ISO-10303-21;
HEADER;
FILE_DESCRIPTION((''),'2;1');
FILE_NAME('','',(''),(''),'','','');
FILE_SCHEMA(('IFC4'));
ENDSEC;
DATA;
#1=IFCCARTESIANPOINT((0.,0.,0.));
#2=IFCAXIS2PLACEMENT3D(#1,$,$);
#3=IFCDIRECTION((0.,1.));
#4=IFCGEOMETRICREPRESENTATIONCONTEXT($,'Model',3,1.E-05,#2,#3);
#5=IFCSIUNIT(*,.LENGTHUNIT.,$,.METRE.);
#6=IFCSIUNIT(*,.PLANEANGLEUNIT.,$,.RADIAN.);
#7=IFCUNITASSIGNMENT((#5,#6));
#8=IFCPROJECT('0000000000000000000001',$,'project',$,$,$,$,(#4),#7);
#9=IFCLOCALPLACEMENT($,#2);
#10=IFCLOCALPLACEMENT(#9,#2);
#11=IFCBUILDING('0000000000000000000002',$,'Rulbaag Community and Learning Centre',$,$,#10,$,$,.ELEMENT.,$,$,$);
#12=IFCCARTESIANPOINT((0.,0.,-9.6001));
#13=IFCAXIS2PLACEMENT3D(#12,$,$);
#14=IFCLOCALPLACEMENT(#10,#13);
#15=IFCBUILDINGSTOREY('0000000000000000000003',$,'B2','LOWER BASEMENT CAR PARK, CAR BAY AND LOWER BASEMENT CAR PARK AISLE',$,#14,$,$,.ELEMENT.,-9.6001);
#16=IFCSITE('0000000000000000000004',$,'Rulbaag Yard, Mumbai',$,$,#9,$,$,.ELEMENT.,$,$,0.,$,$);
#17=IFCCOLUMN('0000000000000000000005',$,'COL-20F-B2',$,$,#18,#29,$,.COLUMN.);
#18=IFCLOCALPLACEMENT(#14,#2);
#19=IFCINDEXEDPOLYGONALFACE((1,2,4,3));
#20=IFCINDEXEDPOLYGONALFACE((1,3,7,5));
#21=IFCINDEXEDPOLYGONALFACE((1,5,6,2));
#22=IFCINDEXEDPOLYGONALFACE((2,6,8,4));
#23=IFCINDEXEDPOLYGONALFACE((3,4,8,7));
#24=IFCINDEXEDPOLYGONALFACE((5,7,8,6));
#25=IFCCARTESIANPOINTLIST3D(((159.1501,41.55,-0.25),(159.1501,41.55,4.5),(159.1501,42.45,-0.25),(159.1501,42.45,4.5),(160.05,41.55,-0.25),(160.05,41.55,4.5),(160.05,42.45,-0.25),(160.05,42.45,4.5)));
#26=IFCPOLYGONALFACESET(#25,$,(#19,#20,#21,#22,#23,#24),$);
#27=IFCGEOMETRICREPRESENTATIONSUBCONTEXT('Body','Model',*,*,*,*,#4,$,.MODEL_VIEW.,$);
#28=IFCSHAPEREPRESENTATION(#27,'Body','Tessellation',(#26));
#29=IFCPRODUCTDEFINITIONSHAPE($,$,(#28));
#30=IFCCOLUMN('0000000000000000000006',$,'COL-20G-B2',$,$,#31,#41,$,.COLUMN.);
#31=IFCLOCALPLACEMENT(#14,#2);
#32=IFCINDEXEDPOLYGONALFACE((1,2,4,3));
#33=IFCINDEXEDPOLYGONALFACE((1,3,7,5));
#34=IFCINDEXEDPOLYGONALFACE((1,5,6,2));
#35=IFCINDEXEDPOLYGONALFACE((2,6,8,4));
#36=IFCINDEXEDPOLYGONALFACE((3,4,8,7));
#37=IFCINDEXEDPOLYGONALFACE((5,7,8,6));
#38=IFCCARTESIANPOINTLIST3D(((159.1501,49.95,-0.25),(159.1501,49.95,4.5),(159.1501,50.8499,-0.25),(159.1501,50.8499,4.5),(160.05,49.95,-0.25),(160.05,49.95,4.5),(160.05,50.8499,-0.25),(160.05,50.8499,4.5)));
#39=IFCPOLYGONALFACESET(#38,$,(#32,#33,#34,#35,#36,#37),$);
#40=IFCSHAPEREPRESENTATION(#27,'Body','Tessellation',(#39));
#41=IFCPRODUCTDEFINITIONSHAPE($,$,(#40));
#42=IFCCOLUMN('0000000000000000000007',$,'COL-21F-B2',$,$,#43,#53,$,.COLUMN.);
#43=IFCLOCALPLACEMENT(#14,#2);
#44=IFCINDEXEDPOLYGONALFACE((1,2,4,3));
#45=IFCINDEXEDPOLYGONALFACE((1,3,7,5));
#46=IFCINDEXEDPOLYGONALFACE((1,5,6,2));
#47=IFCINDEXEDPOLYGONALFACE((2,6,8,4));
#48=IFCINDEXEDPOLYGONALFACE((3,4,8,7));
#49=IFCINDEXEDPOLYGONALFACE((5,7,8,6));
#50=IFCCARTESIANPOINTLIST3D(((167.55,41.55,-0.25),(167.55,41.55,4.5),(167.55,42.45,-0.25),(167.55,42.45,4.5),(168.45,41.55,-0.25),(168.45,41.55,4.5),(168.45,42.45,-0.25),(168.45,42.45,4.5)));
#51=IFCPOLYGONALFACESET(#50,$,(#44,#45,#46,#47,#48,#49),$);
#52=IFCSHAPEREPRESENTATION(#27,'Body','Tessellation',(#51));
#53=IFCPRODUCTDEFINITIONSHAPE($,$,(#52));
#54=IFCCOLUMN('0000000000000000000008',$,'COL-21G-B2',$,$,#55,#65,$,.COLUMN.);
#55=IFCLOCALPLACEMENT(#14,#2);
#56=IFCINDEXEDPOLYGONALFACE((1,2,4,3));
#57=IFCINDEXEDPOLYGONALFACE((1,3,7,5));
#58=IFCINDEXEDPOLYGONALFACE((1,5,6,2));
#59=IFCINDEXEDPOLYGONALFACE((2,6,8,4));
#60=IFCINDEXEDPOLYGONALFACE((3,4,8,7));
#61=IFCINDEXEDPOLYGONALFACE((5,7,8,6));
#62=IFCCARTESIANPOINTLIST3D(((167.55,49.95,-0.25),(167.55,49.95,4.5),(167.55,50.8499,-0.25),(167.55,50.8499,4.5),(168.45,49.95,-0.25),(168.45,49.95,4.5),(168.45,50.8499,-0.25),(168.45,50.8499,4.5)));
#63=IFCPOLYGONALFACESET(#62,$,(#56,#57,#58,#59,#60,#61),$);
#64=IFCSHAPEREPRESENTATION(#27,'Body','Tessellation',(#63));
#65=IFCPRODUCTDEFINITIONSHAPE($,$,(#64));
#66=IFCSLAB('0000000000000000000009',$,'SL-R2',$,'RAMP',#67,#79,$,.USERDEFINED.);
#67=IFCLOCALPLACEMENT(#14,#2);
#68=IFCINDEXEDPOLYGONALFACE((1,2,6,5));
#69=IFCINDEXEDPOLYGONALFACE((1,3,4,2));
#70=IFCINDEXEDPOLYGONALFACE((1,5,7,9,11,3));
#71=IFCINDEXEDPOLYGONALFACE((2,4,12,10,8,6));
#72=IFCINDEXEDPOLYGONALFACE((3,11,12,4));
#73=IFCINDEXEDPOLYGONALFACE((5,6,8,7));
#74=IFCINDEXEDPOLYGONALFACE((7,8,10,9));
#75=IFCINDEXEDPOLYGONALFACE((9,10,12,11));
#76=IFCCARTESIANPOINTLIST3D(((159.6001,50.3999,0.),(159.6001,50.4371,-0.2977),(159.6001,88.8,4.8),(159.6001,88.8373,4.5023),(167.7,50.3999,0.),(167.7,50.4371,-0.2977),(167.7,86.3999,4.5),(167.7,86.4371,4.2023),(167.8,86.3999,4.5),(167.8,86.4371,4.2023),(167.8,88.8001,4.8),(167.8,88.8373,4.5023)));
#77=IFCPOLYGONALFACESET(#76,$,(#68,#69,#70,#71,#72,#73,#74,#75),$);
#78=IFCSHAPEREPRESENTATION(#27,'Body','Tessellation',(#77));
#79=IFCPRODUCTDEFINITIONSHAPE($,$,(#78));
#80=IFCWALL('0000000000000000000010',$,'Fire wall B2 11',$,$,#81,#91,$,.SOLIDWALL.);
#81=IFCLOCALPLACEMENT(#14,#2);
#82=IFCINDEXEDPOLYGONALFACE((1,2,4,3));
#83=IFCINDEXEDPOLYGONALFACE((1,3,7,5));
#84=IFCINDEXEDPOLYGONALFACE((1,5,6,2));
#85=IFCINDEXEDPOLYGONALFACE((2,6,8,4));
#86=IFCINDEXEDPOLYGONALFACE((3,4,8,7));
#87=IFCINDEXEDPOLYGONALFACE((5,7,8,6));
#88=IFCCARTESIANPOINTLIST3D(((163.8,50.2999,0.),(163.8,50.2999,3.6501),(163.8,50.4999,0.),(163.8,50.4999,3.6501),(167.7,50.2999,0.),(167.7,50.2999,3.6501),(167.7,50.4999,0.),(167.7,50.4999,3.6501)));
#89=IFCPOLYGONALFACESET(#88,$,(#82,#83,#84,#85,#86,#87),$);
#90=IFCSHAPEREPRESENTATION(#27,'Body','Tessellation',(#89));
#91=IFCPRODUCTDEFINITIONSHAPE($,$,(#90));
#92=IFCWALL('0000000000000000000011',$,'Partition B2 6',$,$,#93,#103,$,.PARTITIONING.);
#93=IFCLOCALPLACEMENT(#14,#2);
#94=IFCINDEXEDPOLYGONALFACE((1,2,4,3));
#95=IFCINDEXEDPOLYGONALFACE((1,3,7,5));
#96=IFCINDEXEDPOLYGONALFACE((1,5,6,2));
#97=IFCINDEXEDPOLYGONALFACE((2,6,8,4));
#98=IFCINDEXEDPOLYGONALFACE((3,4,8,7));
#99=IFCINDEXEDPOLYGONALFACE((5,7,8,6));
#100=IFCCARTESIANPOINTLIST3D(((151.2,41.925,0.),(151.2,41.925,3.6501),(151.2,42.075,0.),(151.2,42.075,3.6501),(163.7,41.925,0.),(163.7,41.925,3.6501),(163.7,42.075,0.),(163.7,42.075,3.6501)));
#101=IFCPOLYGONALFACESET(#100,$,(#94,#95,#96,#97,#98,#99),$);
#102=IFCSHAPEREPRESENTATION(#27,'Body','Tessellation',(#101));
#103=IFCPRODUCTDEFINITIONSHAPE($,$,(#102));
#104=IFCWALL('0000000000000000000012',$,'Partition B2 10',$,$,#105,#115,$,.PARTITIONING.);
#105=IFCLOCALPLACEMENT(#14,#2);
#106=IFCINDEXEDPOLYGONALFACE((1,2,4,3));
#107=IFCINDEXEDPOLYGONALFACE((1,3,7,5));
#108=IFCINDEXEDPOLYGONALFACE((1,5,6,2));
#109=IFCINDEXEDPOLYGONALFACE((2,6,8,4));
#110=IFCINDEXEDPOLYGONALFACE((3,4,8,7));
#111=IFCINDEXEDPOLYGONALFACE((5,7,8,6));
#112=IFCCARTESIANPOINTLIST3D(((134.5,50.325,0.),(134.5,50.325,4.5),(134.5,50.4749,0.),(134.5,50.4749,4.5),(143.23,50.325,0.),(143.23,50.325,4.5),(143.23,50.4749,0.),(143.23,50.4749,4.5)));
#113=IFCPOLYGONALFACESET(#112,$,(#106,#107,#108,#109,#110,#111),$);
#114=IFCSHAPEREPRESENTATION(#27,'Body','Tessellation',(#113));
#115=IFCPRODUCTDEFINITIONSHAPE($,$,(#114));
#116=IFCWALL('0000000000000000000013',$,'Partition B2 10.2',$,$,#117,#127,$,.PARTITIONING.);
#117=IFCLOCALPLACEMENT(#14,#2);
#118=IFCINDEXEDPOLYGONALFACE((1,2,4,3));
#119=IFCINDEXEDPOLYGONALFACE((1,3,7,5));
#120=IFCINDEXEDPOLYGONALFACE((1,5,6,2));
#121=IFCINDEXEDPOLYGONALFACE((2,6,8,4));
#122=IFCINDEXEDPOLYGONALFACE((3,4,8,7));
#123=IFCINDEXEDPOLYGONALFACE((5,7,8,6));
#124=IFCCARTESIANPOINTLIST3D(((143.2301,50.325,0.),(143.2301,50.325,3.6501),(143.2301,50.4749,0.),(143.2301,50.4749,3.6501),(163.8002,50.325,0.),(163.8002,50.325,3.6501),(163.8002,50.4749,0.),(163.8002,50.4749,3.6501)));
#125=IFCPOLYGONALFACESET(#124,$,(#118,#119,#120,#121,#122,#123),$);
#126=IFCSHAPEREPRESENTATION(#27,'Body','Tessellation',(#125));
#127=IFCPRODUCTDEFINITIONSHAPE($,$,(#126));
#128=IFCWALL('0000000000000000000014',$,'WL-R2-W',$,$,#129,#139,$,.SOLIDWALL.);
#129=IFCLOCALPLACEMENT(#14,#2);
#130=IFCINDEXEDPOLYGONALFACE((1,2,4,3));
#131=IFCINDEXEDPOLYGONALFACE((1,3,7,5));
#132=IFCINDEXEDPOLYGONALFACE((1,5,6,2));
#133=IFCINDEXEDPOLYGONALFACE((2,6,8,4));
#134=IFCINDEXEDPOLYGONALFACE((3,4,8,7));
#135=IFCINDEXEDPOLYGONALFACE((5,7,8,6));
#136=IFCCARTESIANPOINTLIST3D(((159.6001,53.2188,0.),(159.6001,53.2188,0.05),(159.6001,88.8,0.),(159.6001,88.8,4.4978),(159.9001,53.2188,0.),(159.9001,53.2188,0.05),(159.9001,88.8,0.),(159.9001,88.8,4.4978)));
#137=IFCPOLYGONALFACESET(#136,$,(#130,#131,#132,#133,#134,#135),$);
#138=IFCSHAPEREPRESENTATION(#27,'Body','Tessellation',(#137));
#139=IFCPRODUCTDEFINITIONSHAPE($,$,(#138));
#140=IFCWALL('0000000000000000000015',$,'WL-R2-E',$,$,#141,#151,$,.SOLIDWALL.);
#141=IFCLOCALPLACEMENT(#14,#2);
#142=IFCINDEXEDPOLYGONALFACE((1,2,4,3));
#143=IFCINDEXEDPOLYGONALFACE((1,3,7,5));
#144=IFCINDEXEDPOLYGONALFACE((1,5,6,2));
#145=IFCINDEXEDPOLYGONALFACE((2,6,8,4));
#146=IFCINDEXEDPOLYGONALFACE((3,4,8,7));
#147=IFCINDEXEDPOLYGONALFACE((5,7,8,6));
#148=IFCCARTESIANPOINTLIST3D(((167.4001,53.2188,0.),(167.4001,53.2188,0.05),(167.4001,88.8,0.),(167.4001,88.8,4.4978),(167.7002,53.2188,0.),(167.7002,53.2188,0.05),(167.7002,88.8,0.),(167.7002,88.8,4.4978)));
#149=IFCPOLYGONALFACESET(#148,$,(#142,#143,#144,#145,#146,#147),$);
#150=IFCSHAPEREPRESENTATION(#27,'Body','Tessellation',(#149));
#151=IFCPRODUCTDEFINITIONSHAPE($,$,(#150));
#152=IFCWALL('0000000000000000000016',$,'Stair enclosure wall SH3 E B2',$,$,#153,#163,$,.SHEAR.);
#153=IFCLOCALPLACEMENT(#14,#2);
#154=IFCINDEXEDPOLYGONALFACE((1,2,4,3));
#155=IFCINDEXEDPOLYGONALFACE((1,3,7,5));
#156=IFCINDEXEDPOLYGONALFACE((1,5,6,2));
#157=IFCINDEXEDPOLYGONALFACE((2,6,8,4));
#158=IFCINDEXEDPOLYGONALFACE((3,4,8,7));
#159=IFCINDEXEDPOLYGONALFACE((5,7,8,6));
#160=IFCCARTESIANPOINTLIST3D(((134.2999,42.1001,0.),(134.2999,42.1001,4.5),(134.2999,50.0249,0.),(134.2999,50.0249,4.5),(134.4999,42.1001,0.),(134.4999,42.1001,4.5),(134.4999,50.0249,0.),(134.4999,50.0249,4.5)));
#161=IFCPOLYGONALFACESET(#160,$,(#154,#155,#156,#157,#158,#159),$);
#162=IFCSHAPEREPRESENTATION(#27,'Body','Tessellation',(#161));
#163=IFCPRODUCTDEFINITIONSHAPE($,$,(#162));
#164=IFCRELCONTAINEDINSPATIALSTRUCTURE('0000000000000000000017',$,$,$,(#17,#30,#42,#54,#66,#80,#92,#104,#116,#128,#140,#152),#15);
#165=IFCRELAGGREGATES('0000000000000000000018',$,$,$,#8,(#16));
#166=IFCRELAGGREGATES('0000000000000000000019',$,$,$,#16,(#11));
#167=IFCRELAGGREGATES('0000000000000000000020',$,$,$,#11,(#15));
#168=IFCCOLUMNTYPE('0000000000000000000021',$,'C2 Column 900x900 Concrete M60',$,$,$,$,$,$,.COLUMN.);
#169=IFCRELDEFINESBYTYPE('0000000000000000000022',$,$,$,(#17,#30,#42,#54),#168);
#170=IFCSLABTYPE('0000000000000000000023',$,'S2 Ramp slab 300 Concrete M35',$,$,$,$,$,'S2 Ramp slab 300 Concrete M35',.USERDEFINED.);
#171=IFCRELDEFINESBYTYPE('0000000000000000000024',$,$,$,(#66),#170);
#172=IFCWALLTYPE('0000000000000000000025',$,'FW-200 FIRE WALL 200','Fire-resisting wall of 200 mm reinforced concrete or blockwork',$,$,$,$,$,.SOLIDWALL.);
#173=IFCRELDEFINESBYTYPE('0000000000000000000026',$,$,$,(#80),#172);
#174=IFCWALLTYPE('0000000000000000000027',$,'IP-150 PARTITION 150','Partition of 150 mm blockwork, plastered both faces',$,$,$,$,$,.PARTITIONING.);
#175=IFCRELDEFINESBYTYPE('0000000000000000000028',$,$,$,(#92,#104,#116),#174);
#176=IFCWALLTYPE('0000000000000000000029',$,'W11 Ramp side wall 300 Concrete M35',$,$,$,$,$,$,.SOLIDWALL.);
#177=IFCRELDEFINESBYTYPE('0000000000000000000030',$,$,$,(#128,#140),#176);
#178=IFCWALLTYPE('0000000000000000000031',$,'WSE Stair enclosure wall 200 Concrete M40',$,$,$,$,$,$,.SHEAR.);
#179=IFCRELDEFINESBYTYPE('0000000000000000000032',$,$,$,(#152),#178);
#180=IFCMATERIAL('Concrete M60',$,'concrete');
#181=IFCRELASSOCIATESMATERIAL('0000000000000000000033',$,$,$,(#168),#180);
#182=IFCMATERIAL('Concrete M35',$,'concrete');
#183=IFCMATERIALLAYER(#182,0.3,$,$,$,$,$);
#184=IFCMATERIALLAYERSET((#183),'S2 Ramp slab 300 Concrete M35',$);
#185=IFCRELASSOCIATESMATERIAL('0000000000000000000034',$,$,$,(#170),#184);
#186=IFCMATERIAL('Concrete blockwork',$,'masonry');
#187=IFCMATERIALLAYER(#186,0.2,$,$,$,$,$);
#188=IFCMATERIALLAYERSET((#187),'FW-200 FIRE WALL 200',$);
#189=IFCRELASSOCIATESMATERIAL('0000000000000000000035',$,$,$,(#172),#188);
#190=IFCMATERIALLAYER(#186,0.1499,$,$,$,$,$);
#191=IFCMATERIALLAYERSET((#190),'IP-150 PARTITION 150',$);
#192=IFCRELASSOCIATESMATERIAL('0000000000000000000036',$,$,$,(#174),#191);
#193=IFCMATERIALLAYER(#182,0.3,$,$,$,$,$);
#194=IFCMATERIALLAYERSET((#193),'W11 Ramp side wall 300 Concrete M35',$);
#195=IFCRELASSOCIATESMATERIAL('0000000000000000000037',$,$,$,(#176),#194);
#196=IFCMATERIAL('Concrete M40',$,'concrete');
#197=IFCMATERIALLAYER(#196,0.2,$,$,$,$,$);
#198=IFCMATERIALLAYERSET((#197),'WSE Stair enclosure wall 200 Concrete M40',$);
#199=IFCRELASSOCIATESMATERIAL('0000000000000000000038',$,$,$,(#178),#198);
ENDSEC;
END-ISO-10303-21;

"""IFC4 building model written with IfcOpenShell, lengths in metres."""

from ifc_helpers import new_model, si_unit, direction, frame, frame_2d, origin, origin_2d, place, context, subcontext, project, spatial, polyline, rectangle, outline, extrude, material, layer, layer_set, material_profile, profile_set, type_object, element, save


model = new_model("IFC4")

# Units and contexts
model_context = context("Model", 3, precision=1e-05, world=origin(), true_north=direction((0.0, 1.0)))
body_context = subcontext(model_context, "Body", "Model", "MODEL_VIEW")
ifc_project = project(units=[si_unit("LENGTHUNIT", "METRE"), si_unit("PLANEANGLEUNIT", "RADIAN")], contexts=[model_context])

# Site, building, storey
site_placement = place(None, origin())
site = spatial("IfcSite", under=ifc_project, at=site_placement, Name="Rulbaag Yard, Mumbai", CompositionType="ELEMENT", RefElevation=0.0)
building_placement = place(site_placement, origin())
building = spatial("IfcBuilding", under=site, at=building_placement, Name="Rulbaag Community and Learning Centre", CompositionType="ELEMENT")
storey_placement = place(building_placement, frame((0.0, 0.0, -9.6001)))
storey = spatial("IfcBuildingStorey", under=building, at=storey_placement, Name="B2", Description="LOWER BASEMENT CAR PARK, CAR BAY AND LOWER BASEMENT CAR PARK AISLE", CompositionType="ELEMENT", Elevation=-9.6001)

# Shared definitions
ifc_material_1 = material(Name="Concrete M35", Category="concrete")

# Columns
ifc_material_2 = material(Name="Concrete M60", Category="concrete")
ifc_material_profile_1 = material_profile(ifc_material_2, rectangle(XDim=0.8999, YDim=0.8999, at=origin_2d()), Name="RC900x900")
ifc_profile_set_1 = profile_set([ifc_material_profile_1], Name="Concrete M60")
column_type = type_object("IfcColumnType", Name="C2 Column 900x900 Concrete M60", PredefinedType="COLUMN", material=ifc_profile_set_1)
for number, where, z_axis, x_axis, name in (
    (1, (159.6001, 42.0, -0.25), (0.0, 0.0, 1.0), (1.0, 0.0, 0.0), "COL-20F-B2"),
    (2, (159.6001, 50.3999, -0.25), (0.0, 0.0, 1.0), (1.0, 0.0, 0.0), "COL-20G-B2"),
    (3, (168.0, 42.0, -0.25), (0.0, 0.0, 1.0), (1.0, 0.0, 0.0), "COL-21F-B2"),
    (4, (168.0, 50.3999, -0.25), (0.0, 0.0, 1.0), (1.0, 0.0, 0.0), "COL-21G-B2"),
):
    element("IfcColumn", number, at=place(storey_placement, frame(where, z_axis=z_axis, x_axis=x_axis)), inside=storey, type_object=column_type, Name=name, PredefinedType="COLUMN", context=body_context, shape_type="SweptSolid", body=[
        extrude(rectangle(XDim=0.8999, YDim=0.8999, at=origin_2d()), origin(), (0.0, 0.0, 1.0), 4.75),
    ])

# Slab
ifc_layer_1 = layer(ifc_material_1, 0.3)
ifc_layer_set_1 = layer_set([ifc_layer_1], Name="S2 Ramp slab 300 Concrete M35")
slab_type = type_object("IfcSlabType", Name="S2 Ramp slab 300 Concrete M35", ElementType="S2 Ramp slab 300 Concrete M35", PredefinedType="USERDEFINED", material=ifc_layer_set_1)
slab_placement = place(storey_placement, frame((159.6001, 50.3999, 0.0), z_axis=(0.000002, -0.124036, 0.992278), x_axis=(1.0, 0.0, -0.000002)))
element("IfcSlab", 5, at=slab_placement, inside=storey, type_object=slab_type, Name="SL-R2", ObjectType="RAMP", PredefinedType="USERDEFINED", context=body_context, shape_type="SweptSolid", body=[
    extrude(outline(polyline([(0.0, 0.0), (8.0999, 0.0), (8.0999, 36.2802), (8.2, 36.2802), (8.2, 38.699), (0.0, 38.699), (0.0, 0.0)])), origin(), (0.0, 0.0, -1.0), 0.3),
])

# Walls
ifc_material_3 = material(Name="Concrete blockwork", Category="masonry")
ifc_layer_2 = layer(ifc_material_3, 0.2)
ifc_layer_set_2 = layer_set([ifc_layer_2], Name="FW-200 FIRE WALL 200")
wall_type_1 = type_object("IfcWallType", Name="FW-200 FIRE WALL 200", Description="Fire-resisting wall of 200 mm reinforced concrete or blockwork", PredefinedType="SOLIDWALL", material=ifc_layer_set_2)
wall_1_placement = place(storey_placement, frame((163.8, 50.3999, 0.0), z_axis=(0.0, 0.0, 1.0), x_axis=(1.0, 0.0, 0.0)))
element("IfcWall", 6, at=wall_1_placement, inside=storey, type_object=wall_type_1, Name="Fire wall B2 11", PredefinedType="SOLIDWALL", context=body_context, shape_type="SweptSolid", body=[
    extrude(rectangle(XDim=3.8999, YDim=0.2, at=frame_2d((1.95, 0.0))), origin(), (0.0, 0.0, 1.0), 3.6501),
])
ifc_layer_3 = layer(ifc_material_3, 0.1499)
ifc_layer_set_3 = layer_set([ifc_layer_3], Name="IP-150 PARTITION 150")
wall_type_2 = type_object("IfcWallType", Name="IP-150 PARTITION 150", Description="Partition of 150 mm blockwork, plastered both faces", PredefinedType="PARTITIONING", material=ifc_layer_set_3)
wall_2_placement = place(storey_placement, frame((151.2, 42.0, 0.0), z_axis=(0.0, 0.0, 1.0), x_axis=(1.0, 0.0, 0.0)))
element("IfcWall", 7, at=wall_2_placement, inside=storey, type_object=wall_type_2, Name="Partition B2 6", PredefinedType="PARTITIONING", context=body_context, shape_type="SweptSolid", body=[
    extrude(rectangle(XDim=12.5, YDim=0.1499, at=frame_2d((6.25, 0.0))), origin(), (0.0, 0.0, 1.0), 3.6501),
])
wall_3_placement = place(storey_placement, frame((134.5, 50.3999, 0.0), z_axis=(0.0, 0.0, 1.0), x_axis=(1.0, 0.0, 0.0)))
element("IfcWall", 8, at=wall_3_placement, inside=storey, type_object=wall_type_2, Name="Partition B2 10", PredefinedType="PARTITIONING", context=body_context, shape_type="SweptSolid", body=[
    extrude(rectangle(XDim=8.73, YDim=0.1499, at=frame_2d((4.365, 0.0))), origin(), (0.0, 0.0, 1.0), 4.5),
])
wall_4_placement = place(storey_placement, frame((143.23, 50.3999, 0.0), z_axis=(0.0, 0.0, 1.0), x_axis=(1.0, 0.0, 0.0)))
element("IfcWall", 9, at=wall_4_placement, inside=storey, type_object=wall_type_2, Name="Partition B2 10.2", PredefinedType="PARTITIONING", context=body_context, shape_type="SweptSolid", body=[
    extrude(rectangle(XDim=20.5701, YDim=0.1499, at=frame_2d((10.2852, 0.0))), origin(), (0.0, 0.0, 1.0), 3.6501),
])
ifc_layer_4 = layer(ifc_material_1, 0.3)
ifc_layer_set_4 = layer_set([ifc_layer_4], Name="W11 Ramp side wall 300 Concrete M35")
wall_type_3 = type_object("IfcWallType", Name="W11 Ramp side wall 300 Concrete M35", PredefinedType="SOLIDWALL", material=ifc_layer_set_4)
for number, where, z_axis, x_axis, name in (
    (10, (159.75, 53.2188, 0.0), (0.0, 0.0, 1.0), (0.0, 1.0, 0.0), "WL-R2-W"),
    (11, (167.55, 53.2188, 0.0), (0.0, 0.0, 1.0), (0.0, 1.0, 0.0), "WL-R2-E"),
):
    element("IfcWall", number, at=place(storey_placement, frame(where, z_axis=z_axis, x_axis=x_axis)), inside=storey, type_object=wall_type_3, Name=name, PredefinedType="SOLIDWALL", context=body_context, shape_type="SweptSolid", body=[
        extrude(outline(polyline([(0.0, 0.0), (35.5813, 0.0), (35.5813, 4.4978), (0.0, 0.05), (0.0, 0.0)])), frame((0.0, 0.1499, 0.0), z_axis=(0.0, -1.0, 0.0), x_axis=(1.0, 0.0, 0.0)), (0.0, 0.0, 1.0), 0.3),
    ])
ifc_material_4 = material(Name="Concrete M40", Category="concrete")
ifc_layer_5 = layer(ifc_material_4, 0.2)
ifc_layer_set_5 = layer_set([ifc_layer_5], Name="WSE Stair enclosure wall 200 Concrete M40")
wall_type_4 = type_object("IfcWallType", Name="WSE Stair enclosure wall 200 Concrete M40", PredefinedType="SHEAR", material=ifc_layer_set_5)
wall_5_placement = place(storey_placement, frame((134.3999, 42.1001, 0.0), z_axis=(0.0, 0.0, 1.0), x_axis=(0.0, 1.0, 0.0)))
element("IfcWall", 12, at=wall_5_placement, inside=storey, type_object=wall_type_4, Name="Stair enclosure wall SH3 E B2", PredefinedType="SHEAR", context=body_context, shape_type="SweptSolid", body=[
    extrude(rectangle(XDim=7.9248, YDim=0.2, at=frame_2d((3.9624, 0.0))), origin(), (0.0, 0.0, 1.0), 4.5),
])

save(model, "model.ifc")
